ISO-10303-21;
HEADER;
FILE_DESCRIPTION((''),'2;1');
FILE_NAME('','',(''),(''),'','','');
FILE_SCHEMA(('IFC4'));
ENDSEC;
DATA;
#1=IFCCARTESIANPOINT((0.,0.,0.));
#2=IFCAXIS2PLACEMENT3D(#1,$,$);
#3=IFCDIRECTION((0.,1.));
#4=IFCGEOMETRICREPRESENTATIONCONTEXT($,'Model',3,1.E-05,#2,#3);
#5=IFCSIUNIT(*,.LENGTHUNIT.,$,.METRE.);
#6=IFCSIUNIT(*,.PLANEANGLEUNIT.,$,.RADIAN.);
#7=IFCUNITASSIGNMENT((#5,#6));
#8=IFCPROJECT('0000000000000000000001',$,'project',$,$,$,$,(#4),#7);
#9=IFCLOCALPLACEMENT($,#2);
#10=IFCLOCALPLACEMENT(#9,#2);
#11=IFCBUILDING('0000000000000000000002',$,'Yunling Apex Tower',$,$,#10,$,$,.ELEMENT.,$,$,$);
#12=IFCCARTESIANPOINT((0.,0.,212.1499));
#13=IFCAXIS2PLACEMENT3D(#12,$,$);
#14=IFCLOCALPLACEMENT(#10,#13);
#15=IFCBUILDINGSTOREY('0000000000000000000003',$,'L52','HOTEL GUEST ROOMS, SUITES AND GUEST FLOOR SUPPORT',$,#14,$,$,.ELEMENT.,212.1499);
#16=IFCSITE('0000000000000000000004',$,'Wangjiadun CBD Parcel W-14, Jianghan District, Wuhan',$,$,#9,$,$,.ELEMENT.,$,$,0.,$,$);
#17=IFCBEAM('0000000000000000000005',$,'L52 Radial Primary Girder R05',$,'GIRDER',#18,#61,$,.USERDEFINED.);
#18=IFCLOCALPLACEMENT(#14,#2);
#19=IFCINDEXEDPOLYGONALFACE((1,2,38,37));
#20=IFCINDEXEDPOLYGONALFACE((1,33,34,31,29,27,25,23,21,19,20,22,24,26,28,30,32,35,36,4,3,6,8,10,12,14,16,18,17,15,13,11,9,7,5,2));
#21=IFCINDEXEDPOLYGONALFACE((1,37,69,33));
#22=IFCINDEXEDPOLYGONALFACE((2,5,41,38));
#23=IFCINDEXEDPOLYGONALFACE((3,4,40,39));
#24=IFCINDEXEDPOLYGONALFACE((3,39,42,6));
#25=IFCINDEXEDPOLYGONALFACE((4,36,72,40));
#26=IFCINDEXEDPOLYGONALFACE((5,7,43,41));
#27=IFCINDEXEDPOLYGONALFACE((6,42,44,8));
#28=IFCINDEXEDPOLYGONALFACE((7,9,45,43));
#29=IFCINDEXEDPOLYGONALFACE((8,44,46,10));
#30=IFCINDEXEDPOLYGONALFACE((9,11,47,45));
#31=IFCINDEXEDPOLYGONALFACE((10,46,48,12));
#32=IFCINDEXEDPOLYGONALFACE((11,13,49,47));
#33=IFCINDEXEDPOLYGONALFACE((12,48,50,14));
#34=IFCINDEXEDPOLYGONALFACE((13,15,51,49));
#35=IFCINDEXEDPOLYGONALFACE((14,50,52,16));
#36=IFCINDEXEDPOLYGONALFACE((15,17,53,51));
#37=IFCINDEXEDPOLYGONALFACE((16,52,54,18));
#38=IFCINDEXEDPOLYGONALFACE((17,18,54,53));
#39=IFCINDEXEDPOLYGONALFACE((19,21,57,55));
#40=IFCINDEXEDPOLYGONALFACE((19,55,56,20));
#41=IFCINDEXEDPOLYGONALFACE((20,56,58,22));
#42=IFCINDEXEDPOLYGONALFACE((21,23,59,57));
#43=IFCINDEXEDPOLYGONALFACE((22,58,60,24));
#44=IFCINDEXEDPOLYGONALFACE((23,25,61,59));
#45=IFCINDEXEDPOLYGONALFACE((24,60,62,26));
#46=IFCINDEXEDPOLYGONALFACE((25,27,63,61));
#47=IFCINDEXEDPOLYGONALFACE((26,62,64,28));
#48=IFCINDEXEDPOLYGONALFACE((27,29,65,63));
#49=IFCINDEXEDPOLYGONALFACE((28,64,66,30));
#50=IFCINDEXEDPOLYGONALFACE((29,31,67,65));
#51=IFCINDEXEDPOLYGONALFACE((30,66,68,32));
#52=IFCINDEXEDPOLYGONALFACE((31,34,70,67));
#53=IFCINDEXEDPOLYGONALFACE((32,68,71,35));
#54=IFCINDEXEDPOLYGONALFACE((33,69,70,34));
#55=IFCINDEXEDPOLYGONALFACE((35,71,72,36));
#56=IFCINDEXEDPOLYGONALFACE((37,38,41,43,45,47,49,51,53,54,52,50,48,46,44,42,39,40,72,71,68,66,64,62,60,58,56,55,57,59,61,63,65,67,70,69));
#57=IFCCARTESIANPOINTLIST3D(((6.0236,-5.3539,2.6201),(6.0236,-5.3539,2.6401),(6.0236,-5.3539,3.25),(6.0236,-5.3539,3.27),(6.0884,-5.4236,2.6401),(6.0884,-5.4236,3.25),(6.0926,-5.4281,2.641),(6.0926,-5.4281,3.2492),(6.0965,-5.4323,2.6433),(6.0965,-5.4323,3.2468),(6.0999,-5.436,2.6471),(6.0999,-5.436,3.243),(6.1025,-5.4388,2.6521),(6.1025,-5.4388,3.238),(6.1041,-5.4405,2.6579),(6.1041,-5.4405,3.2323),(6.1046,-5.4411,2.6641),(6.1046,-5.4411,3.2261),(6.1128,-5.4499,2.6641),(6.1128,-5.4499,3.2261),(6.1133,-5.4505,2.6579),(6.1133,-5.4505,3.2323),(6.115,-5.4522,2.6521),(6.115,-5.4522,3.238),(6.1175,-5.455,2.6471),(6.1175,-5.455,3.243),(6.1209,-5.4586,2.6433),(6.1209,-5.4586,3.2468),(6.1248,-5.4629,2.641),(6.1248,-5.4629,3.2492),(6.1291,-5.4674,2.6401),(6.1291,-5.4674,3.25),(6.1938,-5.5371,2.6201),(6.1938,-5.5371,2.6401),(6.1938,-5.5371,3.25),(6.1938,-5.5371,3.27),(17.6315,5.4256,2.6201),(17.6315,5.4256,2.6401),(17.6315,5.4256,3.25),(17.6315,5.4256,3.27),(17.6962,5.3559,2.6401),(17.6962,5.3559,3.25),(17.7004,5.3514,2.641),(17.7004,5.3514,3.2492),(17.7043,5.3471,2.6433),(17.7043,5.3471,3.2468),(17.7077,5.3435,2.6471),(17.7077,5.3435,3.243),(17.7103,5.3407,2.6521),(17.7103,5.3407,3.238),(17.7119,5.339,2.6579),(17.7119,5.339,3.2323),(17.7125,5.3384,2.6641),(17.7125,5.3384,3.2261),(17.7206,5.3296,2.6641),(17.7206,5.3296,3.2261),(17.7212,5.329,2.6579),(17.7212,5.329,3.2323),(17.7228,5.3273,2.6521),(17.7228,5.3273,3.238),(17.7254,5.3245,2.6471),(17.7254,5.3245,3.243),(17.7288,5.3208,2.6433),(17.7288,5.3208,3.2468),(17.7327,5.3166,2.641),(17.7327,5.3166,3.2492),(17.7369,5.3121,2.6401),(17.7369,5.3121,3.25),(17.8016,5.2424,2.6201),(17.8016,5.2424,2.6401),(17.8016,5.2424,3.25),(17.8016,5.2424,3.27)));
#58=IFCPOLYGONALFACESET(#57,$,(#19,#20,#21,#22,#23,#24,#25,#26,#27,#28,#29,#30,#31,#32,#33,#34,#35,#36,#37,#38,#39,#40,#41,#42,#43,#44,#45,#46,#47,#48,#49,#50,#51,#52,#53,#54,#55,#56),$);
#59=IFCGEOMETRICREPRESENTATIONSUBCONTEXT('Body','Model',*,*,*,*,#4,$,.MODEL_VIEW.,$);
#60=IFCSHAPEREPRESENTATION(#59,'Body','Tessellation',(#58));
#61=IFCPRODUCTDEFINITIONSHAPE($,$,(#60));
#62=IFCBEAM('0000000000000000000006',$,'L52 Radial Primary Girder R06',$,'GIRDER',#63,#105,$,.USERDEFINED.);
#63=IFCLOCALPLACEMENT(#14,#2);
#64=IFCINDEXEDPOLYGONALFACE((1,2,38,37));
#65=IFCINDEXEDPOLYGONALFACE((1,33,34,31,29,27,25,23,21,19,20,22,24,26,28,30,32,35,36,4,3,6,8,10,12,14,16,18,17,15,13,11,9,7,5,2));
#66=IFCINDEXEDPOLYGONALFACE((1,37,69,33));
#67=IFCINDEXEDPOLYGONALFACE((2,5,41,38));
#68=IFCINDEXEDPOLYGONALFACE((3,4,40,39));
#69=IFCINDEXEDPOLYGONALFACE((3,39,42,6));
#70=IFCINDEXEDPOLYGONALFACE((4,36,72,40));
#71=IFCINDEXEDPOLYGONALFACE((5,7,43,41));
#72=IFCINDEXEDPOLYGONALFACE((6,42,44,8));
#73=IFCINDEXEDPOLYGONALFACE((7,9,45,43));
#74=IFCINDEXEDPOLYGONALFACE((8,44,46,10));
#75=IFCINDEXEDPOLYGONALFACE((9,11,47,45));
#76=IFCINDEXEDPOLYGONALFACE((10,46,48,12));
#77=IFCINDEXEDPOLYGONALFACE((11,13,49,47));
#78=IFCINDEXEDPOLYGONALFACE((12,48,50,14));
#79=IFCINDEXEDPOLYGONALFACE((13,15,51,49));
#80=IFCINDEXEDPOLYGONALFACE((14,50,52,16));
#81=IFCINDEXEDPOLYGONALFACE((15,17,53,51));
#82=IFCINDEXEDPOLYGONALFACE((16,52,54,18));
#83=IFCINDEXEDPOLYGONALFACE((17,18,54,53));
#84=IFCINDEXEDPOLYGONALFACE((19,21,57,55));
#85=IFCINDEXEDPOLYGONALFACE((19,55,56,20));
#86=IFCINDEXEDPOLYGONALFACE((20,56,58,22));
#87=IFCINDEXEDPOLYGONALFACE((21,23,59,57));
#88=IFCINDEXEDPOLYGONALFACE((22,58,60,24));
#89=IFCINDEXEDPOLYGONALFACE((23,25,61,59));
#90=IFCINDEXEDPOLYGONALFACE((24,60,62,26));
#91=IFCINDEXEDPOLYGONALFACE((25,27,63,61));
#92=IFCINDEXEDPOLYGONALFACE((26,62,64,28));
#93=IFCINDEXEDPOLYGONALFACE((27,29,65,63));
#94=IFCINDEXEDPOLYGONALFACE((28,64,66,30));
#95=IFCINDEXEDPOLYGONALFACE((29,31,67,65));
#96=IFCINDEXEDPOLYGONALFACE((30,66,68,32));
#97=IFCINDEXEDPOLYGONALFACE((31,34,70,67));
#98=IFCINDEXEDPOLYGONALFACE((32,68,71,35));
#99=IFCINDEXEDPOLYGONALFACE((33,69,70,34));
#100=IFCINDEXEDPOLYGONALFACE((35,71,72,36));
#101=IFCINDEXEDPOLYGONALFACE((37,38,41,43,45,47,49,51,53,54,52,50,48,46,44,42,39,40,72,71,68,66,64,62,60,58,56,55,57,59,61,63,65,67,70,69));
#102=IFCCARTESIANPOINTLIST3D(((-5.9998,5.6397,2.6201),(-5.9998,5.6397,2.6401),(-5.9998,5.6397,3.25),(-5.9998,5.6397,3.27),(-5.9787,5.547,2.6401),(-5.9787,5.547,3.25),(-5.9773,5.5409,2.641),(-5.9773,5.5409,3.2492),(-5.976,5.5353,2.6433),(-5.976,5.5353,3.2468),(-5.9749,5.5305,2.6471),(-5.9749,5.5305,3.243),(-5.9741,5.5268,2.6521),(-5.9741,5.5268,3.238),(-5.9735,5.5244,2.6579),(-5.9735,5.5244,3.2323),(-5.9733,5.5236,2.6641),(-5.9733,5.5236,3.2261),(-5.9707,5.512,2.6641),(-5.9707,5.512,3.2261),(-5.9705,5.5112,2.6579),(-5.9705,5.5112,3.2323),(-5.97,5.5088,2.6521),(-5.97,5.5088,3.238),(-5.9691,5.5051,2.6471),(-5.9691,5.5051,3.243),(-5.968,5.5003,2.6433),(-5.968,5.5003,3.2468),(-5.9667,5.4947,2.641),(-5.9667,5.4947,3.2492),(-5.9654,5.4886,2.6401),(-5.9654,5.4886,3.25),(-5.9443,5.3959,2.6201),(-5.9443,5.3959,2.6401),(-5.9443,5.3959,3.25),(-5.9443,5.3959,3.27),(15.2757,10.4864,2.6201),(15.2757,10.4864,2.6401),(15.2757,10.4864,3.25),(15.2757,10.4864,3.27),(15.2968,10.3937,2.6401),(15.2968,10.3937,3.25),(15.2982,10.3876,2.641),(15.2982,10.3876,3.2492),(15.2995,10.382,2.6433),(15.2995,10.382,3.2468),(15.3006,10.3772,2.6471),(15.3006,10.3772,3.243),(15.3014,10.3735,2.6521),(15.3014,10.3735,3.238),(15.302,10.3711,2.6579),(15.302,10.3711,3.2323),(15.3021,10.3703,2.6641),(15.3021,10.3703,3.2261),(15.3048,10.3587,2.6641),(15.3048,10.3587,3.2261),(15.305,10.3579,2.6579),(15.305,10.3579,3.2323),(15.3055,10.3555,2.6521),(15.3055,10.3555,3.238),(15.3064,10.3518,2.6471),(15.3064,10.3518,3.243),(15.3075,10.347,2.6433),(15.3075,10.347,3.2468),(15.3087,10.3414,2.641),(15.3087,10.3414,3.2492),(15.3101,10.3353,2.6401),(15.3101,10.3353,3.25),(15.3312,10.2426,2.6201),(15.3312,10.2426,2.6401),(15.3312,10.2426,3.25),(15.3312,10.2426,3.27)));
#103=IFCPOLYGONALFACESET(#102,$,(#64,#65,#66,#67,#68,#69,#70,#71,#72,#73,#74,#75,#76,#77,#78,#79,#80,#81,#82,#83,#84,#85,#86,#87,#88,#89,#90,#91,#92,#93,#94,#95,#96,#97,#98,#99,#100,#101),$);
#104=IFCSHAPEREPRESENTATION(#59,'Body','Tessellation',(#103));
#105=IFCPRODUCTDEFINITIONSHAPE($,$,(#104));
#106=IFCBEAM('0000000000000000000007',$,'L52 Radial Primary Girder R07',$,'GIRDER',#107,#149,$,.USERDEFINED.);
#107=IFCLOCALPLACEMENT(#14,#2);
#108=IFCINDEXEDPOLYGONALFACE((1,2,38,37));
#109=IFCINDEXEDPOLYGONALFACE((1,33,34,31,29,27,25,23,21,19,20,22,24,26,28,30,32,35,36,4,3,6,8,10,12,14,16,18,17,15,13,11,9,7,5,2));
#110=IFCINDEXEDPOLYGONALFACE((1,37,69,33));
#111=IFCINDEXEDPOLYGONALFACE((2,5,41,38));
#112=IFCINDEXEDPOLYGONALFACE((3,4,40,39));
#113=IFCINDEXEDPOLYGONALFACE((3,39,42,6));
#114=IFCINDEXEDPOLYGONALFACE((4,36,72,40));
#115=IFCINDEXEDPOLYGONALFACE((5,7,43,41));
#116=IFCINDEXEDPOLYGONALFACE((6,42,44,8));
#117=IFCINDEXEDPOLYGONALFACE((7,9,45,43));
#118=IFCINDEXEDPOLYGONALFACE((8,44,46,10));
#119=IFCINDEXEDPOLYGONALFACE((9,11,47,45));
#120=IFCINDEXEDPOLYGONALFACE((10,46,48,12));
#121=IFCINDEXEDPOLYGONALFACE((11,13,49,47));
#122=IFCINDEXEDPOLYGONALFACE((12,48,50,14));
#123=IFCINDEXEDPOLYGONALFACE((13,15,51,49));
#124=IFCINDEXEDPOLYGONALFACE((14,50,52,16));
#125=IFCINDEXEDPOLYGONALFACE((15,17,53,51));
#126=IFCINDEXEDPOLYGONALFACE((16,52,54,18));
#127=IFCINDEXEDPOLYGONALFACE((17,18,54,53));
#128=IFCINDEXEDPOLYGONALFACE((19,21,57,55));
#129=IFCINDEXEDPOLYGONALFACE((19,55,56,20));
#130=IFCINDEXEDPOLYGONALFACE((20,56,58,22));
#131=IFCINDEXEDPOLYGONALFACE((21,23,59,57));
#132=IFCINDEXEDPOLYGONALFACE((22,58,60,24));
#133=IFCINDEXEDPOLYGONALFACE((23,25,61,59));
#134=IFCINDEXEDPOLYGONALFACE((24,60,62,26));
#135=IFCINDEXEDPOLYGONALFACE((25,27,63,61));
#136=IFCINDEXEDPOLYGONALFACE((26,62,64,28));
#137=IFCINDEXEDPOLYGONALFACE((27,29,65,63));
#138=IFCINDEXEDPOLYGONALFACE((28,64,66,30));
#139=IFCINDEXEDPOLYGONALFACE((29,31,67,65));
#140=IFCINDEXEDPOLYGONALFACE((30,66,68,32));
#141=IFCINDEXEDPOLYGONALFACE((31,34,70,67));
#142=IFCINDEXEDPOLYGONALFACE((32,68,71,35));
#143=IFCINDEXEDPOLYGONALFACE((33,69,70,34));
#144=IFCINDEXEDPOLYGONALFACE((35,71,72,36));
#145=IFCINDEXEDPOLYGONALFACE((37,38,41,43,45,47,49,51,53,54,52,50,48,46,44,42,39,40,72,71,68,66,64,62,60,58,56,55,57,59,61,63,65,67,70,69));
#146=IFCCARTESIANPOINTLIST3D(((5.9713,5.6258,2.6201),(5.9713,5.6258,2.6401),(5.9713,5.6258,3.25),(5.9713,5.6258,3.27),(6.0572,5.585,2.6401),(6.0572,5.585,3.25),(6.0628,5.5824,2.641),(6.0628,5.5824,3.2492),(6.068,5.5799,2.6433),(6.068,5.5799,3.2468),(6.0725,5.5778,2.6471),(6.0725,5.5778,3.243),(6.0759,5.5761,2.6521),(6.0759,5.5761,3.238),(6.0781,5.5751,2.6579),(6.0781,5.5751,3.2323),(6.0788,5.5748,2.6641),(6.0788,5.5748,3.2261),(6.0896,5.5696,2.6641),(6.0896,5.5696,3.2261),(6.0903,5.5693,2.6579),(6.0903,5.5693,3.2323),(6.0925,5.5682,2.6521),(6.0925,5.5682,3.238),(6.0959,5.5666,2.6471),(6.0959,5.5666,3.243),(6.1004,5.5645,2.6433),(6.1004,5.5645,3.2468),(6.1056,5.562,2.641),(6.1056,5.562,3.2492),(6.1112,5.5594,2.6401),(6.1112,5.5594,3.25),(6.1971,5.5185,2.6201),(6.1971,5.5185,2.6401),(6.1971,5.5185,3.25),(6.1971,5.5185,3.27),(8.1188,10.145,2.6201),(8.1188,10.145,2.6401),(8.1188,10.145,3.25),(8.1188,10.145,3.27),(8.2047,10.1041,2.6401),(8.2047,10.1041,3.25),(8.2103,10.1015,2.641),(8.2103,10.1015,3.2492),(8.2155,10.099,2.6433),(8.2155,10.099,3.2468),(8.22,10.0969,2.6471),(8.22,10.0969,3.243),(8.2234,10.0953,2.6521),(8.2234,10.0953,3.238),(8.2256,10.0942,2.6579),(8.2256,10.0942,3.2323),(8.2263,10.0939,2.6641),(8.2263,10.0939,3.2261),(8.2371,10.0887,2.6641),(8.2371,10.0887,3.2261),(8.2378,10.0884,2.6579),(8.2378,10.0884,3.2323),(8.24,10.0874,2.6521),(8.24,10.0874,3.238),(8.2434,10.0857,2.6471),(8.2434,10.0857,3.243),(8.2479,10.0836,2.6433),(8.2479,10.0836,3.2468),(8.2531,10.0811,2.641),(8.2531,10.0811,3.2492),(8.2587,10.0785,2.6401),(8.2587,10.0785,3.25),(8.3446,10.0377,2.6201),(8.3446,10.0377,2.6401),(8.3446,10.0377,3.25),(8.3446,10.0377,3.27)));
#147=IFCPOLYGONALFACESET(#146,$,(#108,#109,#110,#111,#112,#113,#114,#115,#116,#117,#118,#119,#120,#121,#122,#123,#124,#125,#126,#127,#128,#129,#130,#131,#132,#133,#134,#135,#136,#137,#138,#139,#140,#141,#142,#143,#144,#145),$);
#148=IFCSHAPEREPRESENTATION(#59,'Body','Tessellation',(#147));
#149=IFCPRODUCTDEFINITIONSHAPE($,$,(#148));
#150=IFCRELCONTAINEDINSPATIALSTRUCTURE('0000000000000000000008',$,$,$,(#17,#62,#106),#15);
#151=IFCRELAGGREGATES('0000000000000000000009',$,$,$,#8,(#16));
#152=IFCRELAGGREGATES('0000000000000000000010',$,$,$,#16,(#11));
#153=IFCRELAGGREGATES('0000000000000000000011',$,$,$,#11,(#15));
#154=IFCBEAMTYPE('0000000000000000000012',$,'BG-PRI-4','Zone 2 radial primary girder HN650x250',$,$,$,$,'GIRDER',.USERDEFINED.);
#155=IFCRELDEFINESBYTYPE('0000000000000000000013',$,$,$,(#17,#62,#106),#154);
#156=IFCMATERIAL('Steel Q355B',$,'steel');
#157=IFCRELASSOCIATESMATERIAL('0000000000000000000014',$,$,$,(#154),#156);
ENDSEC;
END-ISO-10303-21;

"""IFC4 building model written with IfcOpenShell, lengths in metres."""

from ifc_helpers import new_model, si_unit, direction, frame, origin, origin_2d, place, context, subcontext, project, spatial, i_section, extrude, source, transform, mapped, material, material_profile, profile_set, type_object, element, save


model = new_model("IFC4")

# Units and contexts
model_context = context("Model", 3, precision=1e-05, world=origin(), true_north=direction((0.0, 1.0)))
body_context = subcontext(model_context, "Body", "Model", "MODEL_VIEW")
ifc_project = project(units=[si_unit("LENGTHUNIT", "METRE"), si_unit("PLANEANGLEUNIT", "RADIAN")], contexts=[model_context])

# Site, building, storey
site_placement = place(None, origin())
site = spatial("IfcSite", under=ifc_project, at=site_placement, Name="Wangjiadun CBD Parcel W-14, Jianghan District, Wuhan", CompositionType="ELEMENT", RefElevation=0.0)
building_placement = place(site_placement, origin())
building = spatial("IfcBuilding", under=site, at=building_placement, Name="Yunling Apex Tower", CompositionType="ELEMENT")
storey_placement = place(building_placement, frame((0.0, 0.0, 212.1499)))
storey = spatial("IfcBuildingStorey", under=building, at=storey_placement, Name="L52", Description="HOTEL GUEST ROOMS, SUITES AND GUEST FLOOR SUPPORT", CompositionType="ELEMENT", Elevation=212.1499)

# Beams
ifc_material_1 = material(Name="Steel Q355B", Category="steel")
ifc_material_profile_1 = material_profile(ifc_material_1, i_section(OverallWidth=0.25, OverallDepth=0.6499, WebThickness=0.012, FlangeThickness=0.02, FilletRadius=0.0239, at=origin_2d()))
ifc_profile_set_1 = profile_set([ifc_material_profile_1], Name="Steel Q355B")
beam_type_1 = type_object("IfcBeamType", Name="BG-PRI-4", Description="Zone 2 radial primary girder HN650x250", ElementType="GIRDER", PredefinedType="USERDEFINED", material=ifc_profile_set_1)
shared_shape_1 = source(origin(), body_context, "Body", "SweptSolid", [
    extrude(i_section(OverallWidth=0.25, OverallDepth=0.6499, WebThickness=0.012, FlangeThickness=0.02, FilletRadius=0.0239, at=origin_2d()), origin(), (0.0, 0.0, 1.0), 15.8411),
])
beam_1_placement = place(storey_placement, frame((17.7166, 5.334, 2.9451), z_axis=(-0.732769, -0.680477, 0.0), x_axis=(0.680477, -0.732769, 0.0)))
element("IfcBeam", 1, at=beam_1_placement, inside=storey, type_object=beam_type_1, Name="L52 Radial Primary Girder R05", ObjectType="GIRDER", PredefinedType="USERDEFINED", context=body_context, shape_type="MappedRepresentation", body=[
    mapped(shared_shape_1, transform((0.0, 0.0, 0.0), scale=1.0)),
])
shared_shape_2 = source(origin(), body_context, "Body", "SweptSolid", [
    extrude(i_section(OverallWidth=0.25, OverallDepth=0.6499, WebThickness=0.012, FlangeThickness=0.02, FilletRadius=0.0239, at=origin_2d()), origin(), (0.0, 0.0, 1.0), 21.8206),
])
beam_2_placement = place(storey_placement, frame((15.3035, 10.3645, 2.9451), z_axis=(-0.97502, -0.222116, 0.0), x_axis=(0.222116, -0.97502, 0.0)))
element("IfcBeam", 2, at=beam_2_placement, inside=storey, type_object=beam_type_1, Name="L52 Radial Primary Girder R06", ObjectType="GIRDER", PredefinedType="USERDEFINED", context=body_context, shape_type="MappedRepresentation", body=[
    mapped(shared_shape_2, transform((0.0, 0.0, 0.0), scale=1.0)),
])
shared_shape_3 = source(origin(), body_context, "Body", "SweptSolid", [
    extrude(i_section(OverallWidth=0.25, OverallDepth=0.6499, WebThickness=0.012, FlangeThickness=0.02, FilletRadius=0.0239, at=origin_2d()), origin(), (0.0, 0.0, 1.0), 5.0034),
])
beam_3_placement = place(storey_placement, frame((8.2317, 10.0913, 2.9451), z_axis=(-0.429206, -0.903207, 0.0), x_axis=(0.903207, -0.429206, 0.0)))
element("IfcBeam", 3, at=beam_3_placement, inside=storey, type_object=beam_type_1, Name="L52 Radial Primary Girder R07", ObjectType="GIRDER", PredefinedType="USERDEFINED", context=body_context, shape_type="MappedRepresentation", body=[
    mapped(shared_shape_3, transform((0.0, 0.0, 0.0), scale=1.0)),
])

save(model, "model.ifc")
